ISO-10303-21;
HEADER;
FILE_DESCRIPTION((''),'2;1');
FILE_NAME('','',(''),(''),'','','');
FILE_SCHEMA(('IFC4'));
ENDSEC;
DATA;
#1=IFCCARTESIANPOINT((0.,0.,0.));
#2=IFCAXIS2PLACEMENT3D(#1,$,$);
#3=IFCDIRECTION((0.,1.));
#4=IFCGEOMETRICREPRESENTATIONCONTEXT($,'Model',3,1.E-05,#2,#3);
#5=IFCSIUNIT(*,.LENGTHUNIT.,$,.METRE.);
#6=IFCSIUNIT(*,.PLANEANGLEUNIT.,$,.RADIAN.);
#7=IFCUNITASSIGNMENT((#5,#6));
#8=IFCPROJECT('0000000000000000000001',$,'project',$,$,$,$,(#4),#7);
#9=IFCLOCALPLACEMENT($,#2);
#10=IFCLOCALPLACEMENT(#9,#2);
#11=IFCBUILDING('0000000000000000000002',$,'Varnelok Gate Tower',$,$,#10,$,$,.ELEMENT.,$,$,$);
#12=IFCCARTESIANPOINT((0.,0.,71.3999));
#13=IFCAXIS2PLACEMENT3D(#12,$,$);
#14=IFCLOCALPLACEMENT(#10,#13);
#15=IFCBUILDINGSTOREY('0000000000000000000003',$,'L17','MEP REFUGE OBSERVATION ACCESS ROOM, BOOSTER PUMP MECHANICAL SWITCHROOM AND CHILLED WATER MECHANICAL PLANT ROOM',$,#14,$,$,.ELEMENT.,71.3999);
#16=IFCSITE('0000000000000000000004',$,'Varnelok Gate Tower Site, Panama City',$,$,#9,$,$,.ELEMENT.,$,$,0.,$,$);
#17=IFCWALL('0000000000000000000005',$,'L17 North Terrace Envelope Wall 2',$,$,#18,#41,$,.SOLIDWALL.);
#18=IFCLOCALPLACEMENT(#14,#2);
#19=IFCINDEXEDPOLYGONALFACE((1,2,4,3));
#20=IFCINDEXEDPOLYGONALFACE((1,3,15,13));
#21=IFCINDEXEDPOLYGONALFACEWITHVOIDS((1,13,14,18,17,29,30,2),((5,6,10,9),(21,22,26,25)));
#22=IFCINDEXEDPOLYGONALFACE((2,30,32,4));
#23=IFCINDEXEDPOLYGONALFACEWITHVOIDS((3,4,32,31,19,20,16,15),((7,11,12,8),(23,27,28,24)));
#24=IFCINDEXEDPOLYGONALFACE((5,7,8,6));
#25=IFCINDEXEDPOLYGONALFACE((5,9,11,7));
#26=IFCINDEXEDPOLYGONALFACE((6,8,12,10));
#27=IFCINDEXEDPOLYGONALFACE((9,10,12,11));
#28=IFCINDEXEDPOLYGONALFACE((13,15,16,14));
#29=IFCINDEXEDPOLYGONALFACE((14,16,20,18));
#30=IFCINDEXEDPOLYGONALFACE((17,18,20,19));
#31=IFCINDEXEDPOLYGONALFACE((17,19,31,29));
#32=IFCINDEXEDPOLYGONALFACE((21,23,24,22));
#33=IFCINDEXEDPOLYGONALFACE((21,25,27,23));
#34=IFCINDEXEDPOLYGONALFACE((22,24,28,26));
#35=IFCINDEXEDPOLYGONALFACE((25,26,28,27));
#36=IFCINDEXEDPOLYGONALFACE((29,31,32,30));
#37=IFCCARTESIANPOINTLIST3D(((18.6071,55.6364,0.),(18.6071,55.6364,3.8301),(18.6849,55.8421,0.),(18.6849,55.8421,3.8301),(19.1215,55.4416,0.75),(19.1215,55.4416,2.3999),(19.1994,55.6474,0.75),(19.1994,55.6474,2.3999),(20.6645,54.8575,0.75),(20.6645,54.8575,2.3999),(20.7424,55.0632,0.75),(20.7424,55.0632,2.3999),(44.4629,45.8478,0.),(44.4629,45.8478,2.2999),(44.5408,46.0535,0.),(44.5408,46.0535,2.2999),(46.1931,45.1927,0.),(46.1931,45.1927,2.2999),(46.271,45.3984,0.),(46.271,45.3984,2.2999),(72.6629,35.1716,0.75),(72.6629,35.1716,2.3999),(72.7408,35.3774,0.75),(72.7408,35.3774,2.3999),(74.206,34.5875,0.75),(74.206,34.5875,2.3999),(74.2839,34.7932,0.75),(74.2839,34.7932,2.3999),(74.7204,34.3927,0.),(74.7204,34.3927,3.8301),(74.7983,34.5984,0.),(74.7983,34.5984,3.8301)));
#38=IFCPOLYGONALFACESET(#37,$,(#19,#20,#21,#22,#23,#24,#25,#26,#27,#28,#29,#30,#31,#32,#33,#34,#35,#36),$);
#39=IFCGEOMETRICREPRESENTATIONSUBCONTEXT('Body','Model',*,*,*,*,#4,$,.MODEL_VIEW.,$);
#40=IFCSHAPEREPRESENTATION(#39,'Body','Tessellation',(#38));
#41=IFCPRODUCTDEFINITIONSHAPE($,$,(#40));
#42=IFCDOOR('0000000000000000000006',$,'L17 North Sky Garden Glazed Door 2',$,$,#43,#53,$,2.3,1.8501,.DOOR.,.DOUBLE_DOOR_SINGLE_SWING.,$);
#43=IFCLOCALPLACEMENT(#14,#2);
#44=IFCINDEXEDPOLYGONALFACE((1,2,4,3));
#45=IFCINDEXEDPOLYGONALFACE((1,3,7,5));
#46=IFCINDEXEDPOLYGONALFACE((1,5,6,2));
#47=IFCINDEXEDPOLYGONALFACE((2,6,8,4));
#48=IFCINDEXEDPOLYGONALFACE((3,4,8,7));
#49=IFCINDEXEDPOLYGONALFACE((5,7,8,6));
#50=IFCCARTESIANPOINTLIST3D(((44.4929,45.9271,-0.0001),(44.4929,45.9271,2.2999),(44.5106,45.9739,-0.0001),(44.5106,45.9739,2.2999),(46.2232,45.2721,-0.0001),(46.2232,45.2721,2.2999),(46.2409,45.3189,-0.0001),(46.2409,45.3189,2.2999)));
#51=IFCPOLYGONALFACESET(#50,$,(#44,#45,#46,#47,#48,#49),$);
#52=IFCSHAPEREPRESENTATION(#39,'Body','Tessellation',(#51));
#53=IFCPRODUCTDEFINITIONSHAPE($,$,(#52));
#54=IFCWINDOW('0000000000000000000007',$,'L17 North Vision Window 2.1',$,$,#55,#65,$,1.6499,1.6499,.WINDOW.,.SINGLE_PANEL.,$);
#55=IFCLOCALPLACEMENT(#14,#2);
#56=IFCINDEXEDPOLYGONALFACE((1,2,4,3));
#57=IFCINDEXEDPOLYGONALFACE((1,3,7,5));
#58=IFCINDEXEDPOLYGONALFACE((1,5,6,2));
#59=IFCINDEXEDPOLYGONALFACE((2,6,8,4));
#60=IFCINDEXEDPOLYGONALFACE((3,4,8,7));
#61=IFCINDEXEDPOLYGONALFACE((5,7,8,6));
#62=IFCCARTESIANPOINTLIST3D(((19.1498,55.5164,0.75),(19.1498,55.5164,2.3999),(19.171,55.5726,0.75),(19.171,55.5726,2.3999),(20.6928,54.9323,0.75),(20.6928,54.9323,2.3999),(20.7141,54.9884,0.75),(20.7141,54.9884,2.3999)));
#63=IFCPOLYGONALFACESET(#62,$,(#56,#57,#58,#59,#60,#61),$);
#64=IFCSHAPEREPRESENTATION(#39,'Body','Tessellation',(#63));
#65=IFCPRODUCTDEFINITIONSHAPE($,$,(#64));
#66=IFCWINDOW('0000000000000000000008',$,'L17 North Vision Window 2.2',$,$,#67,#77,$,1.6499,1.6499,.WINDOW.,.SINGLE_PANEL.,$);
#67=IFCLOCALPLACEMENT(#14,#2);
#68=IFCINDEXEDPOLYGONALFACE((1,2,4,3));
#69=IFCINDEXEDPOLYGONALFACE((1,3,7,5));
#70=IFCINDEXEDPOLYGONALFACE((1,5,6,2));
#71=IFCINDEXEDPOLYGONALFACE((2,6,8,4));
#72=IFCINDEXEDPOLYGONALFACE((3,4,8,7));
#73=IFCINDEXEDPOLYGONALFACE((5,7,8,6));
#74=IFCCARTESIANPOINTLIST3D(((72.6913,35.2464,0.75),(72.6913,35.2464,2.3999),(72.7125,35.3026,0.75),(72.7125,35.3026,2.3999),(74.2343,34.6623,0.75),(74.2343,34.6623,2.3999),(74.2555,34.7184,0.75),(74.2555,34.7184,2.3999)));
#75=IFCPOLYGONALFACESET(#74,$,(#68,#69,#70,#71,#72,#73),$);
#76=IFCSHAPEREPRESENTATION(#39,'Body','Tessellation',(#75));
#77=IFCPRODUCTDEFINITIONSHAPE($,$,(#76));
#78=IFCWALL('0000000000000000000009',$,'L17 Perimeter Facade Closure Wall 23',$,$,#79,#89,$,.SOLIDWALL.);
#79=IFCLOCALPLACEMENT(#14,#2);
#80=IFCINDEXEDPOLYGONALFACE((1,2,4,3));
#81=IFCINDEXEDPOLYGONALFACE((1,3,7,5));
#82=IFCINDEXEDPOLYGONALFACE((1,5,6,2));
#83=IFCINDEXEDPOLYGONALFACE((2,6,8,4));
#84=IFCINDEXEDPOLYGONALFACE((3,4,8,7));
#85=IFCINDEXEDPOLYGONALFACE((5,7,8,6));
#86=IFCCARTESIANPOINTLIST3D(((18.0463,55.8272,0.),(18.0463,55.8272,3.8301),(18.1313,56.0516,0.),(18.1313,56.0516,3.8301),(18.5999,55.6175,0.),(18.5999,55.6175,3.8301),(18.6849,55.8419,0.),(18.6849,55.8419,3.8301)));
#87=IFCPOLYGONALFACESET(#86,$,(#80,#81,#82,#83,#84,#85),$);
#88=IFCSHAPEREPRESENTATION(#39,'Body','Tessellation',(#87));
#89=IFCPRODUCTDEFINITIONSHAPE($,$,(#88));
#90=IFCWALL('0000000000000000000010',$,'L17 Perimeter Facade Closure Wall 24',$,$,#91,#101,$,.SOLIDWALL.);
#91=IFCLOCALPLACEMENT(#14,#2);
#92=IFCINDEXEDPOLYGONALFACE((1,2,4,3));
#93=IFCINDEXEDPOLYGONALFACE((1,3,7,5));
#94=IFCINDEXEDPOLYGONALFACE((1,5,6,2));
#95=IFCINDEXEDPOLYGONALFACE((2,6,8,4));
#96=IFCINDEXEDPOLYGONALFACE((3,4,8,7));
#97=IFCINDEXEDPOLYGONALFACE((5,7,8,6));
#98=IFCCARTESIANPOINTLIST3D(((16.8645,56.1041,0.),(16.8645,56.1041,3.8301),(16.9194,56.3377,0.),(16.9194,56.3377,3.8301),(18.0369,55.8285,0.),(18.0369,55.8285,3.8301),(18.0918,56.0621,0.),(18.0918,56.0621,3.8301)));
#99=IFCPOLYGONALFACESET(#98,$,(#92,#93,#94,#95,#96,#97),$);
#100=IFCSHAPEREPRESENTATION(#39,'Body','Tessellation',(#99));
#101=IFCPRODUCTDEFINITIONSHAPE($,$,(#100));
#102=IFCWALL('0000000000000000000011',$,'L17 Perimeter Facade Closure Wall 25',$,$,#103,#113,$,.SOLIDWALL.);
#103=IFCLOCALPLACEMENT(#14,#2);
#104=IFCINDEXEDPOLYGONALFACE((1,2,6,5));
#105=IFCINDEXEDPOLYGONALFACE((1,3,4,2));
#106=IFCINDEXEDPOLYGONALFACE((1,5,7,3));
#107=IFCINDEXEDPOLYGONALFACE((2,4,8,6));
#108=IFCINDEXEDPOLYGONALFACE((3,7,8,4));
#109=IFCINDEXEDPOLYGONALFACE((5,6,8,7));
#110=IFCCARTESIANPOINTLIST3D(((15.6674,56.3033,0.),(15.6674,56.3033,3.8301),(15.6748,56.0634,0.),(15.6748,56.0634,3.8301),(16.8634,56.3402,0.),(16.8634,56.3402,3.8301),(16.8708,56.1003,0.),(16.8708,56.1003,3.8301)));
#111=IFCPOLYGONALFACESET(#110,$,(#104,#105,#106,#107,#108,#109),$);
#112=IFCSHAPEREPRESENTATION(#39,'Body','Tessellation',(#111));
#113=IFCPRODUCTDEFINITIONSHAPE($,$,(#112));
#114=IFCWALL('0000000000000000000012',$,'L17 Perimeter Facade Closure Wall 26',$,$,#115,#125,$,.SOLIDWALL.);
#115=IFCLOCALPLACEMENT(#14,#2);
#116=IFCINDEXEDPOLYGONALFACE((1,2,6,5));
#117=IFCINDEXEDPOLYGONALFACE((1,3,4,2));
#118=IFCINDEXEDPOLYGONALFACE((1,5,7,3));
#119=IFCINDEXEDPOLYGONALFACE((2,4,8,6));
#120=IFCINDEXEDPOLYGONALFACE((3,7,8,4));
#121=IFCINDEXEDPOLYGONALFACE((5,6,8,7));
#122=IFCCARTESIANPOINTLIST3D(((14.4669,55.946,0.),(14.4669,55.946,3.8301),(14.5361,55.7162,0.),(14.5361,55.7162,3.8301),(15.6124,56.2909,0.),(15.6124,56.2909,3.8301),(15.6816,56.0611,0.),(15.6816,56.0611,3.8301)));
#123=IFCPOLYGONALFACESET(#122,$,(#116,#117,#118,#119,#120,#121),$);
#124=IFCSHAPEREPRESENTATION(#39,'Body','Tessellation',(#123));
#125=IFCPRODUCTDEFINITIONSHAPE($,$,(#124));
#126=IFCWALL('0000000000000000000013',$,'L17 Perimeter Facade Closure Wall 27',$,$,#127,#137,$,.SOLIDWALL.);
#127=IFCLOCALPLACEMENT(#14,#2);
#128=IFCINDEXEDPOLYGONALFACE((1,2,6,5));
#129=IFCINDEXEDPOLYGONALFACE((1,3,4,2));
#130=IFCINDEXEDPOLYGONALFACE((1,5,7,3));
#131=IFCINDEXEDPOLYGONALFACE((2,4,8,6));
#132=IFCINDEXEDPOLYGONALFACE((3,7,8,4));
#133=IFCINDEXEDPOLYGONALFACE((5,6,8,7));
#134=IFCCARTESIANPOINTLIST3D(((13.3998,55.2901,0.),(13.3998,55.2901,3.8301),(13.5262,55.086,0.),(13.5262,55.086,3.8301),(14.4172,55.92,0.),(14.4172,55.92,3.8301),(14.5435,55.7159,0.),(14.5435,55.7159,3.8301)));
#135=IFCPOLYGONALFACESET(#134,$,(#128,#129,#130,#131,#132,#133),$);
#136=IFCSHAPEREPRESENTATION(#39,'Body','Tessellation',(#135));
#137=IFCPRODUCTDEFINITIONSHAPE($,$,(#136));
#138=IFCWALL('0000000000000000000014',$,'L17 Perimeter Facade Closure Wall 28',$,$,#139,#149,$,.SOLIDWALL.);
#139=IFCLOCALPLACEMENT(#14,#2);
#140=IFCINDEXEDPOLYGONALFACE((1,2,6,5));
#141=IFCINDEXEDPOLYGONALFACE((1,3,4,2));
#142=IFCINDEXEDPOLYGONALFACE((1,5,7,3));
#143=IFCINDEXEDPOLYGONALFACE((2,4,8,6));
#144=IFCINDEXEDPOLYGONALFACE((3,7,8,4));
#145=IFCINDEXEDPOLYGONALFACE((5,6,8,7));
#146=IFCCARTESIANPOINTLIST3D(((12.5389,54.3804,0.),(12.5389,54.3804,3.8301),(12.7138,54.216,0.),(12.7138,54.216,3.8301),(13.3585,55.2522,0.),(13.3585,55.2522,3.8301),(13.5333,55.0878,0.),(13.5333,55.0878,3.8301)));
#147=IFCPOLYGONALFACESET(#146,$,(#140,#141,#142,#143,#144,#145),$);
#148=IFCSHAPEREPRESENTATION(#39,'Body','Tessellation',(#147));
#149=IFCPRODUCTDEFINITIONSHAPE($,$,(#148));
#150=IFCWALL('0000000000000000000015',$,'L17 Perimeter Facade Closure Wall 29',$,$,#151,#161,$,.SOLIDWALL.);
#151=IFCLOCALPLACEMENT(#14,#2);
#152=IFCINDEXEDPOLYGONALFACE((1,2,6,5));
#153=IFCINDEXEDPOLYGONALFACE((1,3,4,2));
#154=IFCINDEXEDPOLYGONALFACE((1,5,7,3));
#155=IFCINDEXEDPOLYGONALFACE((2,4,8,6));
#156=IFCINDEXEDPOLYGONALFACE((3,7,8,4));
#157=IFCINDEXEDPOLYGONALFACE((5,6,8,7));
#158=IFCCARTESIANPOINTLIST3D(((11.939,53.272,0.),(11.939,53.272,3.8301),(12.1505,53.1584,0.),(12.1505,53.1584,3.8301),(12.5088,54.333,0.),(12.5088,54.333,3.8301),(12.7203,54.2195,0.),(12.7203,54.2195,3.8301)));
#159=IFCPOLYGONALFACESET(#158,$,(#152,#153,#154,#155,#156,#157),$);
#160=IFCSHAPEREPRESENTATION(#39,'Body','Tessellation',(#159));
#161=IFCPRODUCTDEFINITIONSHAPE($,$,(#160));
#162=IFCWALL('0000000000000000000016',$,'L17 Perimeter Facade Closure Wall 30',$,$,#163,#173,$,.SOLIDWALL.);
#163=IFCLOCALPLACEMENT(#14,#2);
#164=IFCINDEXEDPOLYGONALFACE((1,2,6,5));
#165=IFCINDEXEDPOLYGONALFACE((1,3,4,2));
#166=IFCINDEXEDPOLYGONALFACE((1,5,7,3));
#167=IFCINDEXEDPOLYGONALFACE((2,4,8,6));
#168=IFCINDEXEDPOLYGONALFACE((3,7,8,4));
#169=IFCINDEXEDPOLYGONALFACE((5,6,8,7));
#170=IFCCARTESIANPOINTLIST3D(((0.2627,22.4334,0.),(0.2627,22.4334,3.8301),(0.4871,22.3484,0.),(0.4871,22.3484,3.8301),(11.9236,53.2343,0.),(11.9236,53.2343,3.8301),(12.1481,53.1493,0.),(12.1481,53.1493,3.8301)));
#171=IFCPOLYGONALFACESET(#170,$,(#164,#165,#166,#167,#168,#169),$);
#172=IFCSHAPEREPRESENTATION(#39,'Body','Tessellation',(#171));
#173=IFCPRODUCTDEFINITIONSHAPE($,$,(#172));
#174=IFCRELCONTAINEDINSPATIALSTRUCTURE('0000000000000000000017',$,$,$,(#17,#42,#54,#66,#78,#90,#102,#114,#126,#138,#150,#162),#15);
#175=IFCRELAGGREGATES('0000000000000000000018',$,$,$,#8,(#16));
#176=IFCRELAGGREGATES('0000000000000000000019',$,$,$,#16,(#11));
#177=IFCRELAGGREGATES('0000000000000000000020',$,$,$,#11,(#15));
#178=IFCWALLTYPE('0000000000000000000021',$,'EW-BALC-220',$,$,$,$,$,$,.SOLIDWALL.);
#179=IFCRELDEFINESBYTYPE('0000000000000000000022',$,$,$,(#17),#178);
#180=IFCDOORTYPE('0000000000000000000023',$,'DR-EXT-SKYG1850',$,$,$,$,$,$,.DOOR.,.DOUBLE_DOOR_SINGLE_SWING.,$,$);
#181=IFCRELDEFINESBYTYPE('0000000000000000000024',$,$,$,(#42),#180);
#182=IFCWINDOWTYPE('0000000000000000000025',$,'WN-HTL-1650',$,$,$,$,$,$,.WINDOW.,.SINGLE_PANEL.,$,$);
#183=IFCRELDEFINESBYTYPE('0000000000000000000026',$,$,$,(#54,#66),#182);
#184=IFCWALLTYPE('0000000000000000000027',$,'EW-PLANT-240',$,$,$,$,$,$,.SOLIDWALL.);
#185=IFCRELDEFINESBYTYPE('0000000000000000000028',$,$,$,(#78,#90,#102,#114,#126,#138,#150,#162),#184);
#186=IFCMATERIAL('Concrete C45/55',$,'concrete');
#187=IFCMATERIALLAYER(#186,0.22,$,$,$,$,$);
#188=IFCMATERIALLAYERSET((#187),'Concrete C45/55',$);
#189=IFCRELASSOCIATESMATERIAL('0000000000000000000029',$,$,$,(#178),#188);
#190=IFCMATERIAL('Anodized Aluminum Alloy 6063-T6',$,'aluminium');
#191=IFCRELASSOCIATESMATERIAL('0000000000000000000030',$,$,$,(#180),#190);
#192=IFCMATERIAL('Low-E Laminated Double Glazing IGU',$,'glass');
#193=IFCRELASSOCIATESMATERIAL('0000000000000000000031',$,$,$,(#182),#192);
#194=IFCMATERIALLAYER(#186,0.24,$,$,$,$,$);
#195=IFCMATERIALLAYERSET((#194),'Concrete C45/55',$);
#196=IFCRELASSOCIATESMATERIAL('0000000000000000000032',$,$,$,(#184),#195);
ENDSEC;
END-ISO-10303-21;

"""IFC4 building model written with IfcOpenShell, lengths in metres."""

from ifc_helpers import new_model, si_unit, direction, frame, frame_2d, origin, place, context, subcontext, project, spatial, rectangle, extrude, material, layer, layer_set, type_object, element, fill, save


model = new_model("IFC4")

# Units and contexts
model_context = context("Model", 3, precision=1e-05, world=origin(), true_north=direction((0.0, 1.0)))
body_context = subcontext(model_context, "Body", "Model", "MODEL_VIEW")
ifc_project = project(units=[si_unit("LENGTHUNIT", "METRE"), si_unit("PLANEANGLEUNIT", "RADIAN")], contexts=[model_context])

# Site, building, storey
site_placement = place(None, origin())
site = spatial("IfcSite", under=ifc_project, at=site_placement, Name="Varnelok Gate Tower Site, Panama City", CompositionType="ELEMENT", RefElevation=0.0)
building_placement = place(site_placement, origin())
building = spatial("IfcBuilding", under=site, at=building_placement, Name="Varnelok Gate Tower", CompositionType="ELEMENT")
storey_placement = place(building_placement, frame((0.0, 0.0, 71.3999)))
storey = spatial("IfcBuildingStorey", under=building, at=storey_placement, Name="L17", Description="MEP REFUGE OBSERVATION ACCESS ROOM, BOOSTER PUMP MECHANICAL SWITCHROOM AND CHILLED WATER MECHANICAL PLANT ROOM", CompositionType="ELEMENT", Elevation=71.3999)

# Wall, openings, door, windows
ifc_material_1 = material(Name="Concrete C45/55", Category="concrete")
ifc_layer_1 = layer(ifc_material_1, 0.22)
ifc_layer_set_1 = layer_set([ifc_layer_1], Name="Concrete C45/55")
wall_type_1 = type_object("IfcWallType", Name="EW-BALC-220", PredefinedType="SOLIDWALL", material=ifc_layer_set_1)
wall_1_placement = place(storey_placement, frame((18.646, 55.7393, 0.0), z_axis=(0.0, 0.0, 1.0), x_axis=(0.935222, -0.354061, 0.0)))
wall_1 = element("IfcWall", 1, at=wall_1_placement, inside=storey, type_object=wall_type_1, Name="L17 North Terrace Envelope Wall 2", PredefinedType="SOLIDWALL", context=body_context, shape_type="SweptSolid", body=[
    extrude(rectangle(XDim=60.0, YDim=0.22, at=frame_2d((30.0, 0.0))), origin(), (0.0, 0.0, 1.0), 3.8301),
])
opening_1_placement = place(wall_1_placement, frame((27.6467, 0.0, 0.0)))
opening_1 = element("IfcOpeningElement", 2, at=opening_1_placement, cuts=wall_1, PredefinedType="OPENING", context=body_context, shape_type="SweptSolid", body=[
    extrude(rectangle(XDim=1.8501, YDim=2.3, at=frame_2d((0.925, 1.1499))), frame((0.0, 0.1199, 0.0), z_axis=(0.0, -1.0, 0.0), x_axis=(1.0, 0.0, 0.0)), (0.0, 0.0, 1.0), 0.24),
])
opening_2_placement = place(wall_1_placement, frame((0.55, 0.0, 0.75)))
opening_2 = element("IfcOpeningElement", 3, at=opening_2_placement, cuts=wall_1, PredefinedType="OPENING", context=body_context, shape_type="SweptSolid", body=[
    extrude(rectangle(XDim=1.6499, YDim=1.6499, at=frame_2d((0.825, 0.825))), frame((0.0, 0.1199, 0.0), z_axis=(0.0, -1.0, 0.0), x_axis=(1.0, 0.0, 0.0)), (0.0, 0.0, 1.0), 0.24),
])
opening_3_placement = place(wall_1_placement, frame((57.8, 0.0, 0.75)))
opening_3 = element("IfcOpeningElement", 4, at=opening_3_placement, cuts=wall_1, PredefinedType="OPENING", context=body_context, shape_type="SweptSolid", body=[
    extrude(rectangle(XDim=1.6499, YDim=1.6499, at=frame_2d((0.825, 0.825))), frame((0.0, 0.1199, 0.0), z_axis=(0.0, -1.0, 0.0), x_axis=(1.0, 0.0, 0.0)), (0.0, 0.0, 1.0), 0.24),
])
ifc_material_2 = material(Name="Anodized Aluminum Alloy 6063-T6", Category="aluminium")
door_type = type_object("IfcDoorType", Name="DR-EXT-SKYG1850", OperationType="DOUBLE_DOOR_SINGLE_SWING", PredefinedType="DOOR", material=ifc_material_2)
door_placement = place(opening_1_placement, origin())
door = element("IfcDoor", 5, at=door_placement, inside=storey, type_object=door_type, Name="L17 North Sky Garden Glazed Door 2", OperationType="DOUBLE_DOOR_SINGLE_SWING", OverallHeight=2.3, OverallWidth=1.8501, PredefinedType="DOOR", context=body_context, shape_type="SweptSolid", body=[
    extrude(rectangle(XDim=1.8501, YDim=2.3, at=frame_2d((0.925, 1.1499))), frame((0.0, 0.0249, 0.0), z_axis=(0.0, -1.0, 0.0), x_axis=(1.0, 0.0, 0.0)), (0.0, 0.0, 1.0), 0.05),
])
fill(opening_1, door)
ifc_material_3 = material(Name="Low-E Laminated Double Glazing IGU", Category="glass")
window_type = type_object("IfcWindowType", Name="WN-HTL-1650", PartitioningType="SINGLE_PANEL", PredefinedType="WINDOW", material=ifc_material_3)
window_1_placement = place(opening_2_placement, origin())
window_1 = element("IfcWindow", 6, at=window_1_placement, inside=storey, type_object=window_type, Name="L17 North Vision Window 2.1", OverallHeight=1.6499, OverallWidth=1.6499, PartitioningType="SINGLE_PANEL", PredefinedType="WINDOW", context=body_context, shape_type="SweptSolid", body=[
    extrude(rectangle(XDim=1.6499, YDim=1.6499, at=frame_2d((0.825, 0.825))), frame((0.0, 0.03, 0.0), z_axis=(0.0, -1.0, 0.0), x_axis=(1.0, 0.0, 0.0)), (0.0, 0.0, 1.0), 0.0601),
])
fill(opening_2, window_1)
window_2_placement = place(opening_3_placement, origin())
window_2 = element("IfcWindow", 7, at=window_2_placement, inside=storey, type_object=window_type, Name="L17 North Vision Window 2.2", OverallHeight=1.6499, OverallWidth=1.6499, PartitioningType="SINGLE_PANEL", PredefinedType="WINDOW", context=body_context, shape_type="SweptSolid", body=[
    extrude(rectangle(XDim=1.6499, YDim=1.6499, at=frame_2d((0.825, 0.825))), frame((0.0, 0.03, 0.0), z_axis=(0.0, -1.0, 0.0), x_axis=(1.0, 0.0, 0.0)), (0.0, 0.0, 1.0), 0.0601),
])
fill(opening_3, window_2)

# Walls
ifc_layer_2 = layer(ifc_material_1, 0.24)
ifc_layer_set_2 = layer_set([ifc_layer_2], Name="Concrete C45/55")
wall_type_2 = type_object("IfcWallType", Name="EW-PLANT-240", PredefinedType="SOLIDWALL", material=ifc_layer_set_2)
wall_2_placement = place(storey_placement, frame((18.6423, 55.7297, 0.0), z_axis=(0.0, 0.0, 1.0), x_axis=(-0.935172, 0.354194, 0.0)))
element("IfcWall", 8, at=wall_2_placement, inside=storey, type_object=wall_type_2, Name="L17 Perimeter Facade Closure Wall 23", PredefinedType="SOLIDWALL", context=body_context, shape_type="SweptSolid", body=[
    extrude(rectangle(XDim=0.592, YDim=0.24, at=frame_2d((0.2959, 0.0))), origin(), (0.0, 0.0, 1.0), 3.8301),
])
wall_3_placement = place(storey_placement, frame((18.0642, 55.9453, 0.0), z_axis=(0.0, 0.0, 1.0), x_axis=(-0.973457, 0.22887, 0.0)))
element("IfcWall", 9, at=wall_3_placement, inside=storey, type_object=wall_type_2, Name="L17 Perimeter Facade Closure Wall 24", PredefinedType="SOLIDWALL", context=body_context, shape_type="SweptSolid", body=[
    extrude(rectangle(XDim=1.2043, YDim=0.24, at=frame_2d((0.6021, 0.0))), origin(), (0.0, 0.0, 1.0), 3.8301),
])
wall_4_placement = place(storey_placement, frame((16.8669, 56.2202, 0.0), z_axis=(0.0, 0.0, 1.0), x_axis=(-0.999525, -0.030808, 0.0)))
element("IfcWall", 10, at=wall_4_placement, inside=storey, type_object=wall_type_2, Name="L17 Perimeter Facade Closure Wall 25", PredefinedType="SOLIDWALL", context=body_context, shape_type="SweptSolid", body=[
    extrude(rectangle(XDim=1.1965, YDim=0.24, at=frame_2d((0.5981, 0.0))), origin(), (0.0, 0.0, 1.0), 3.8301),
])
wall_5_placement = place(storey_placement, frame((15.647, 56.176, 0.0), z_axis=(0.0, 0.0, 1.0), x_axis=(-0.957522, -0.288359, 0.0)))
element("IfcWall", 11, at=wall_5_placement, inside=storey, type_object=wall_type_2, Name="L17 Perimeter Facade Closure Wall 26", PredefinedType="SOLIDWALL", context=body_context, shape_type="SweptSolid", body=[
    extrude(rectangle(XDim=1.1963, YDim=0.24, at=frame_2d((0.5981, 0.0))), origin(), (0.0, 0.0, 1.0), 3.8301),
])
for number, where, z_axis, x_axis, name in (
    (12, (14.4802, 55.8179, 0.0), (0.0, 0.0, 1.0), (-0.850226, -0.526418, 0.0), "L17 Perimeter Facade Closure Wall 27"),
    (13, (13.4458, 55.1699, 0.0), (0.0, 0.0, 1.0), (-0.684938, -0.728601, 0.0), "L17 Perimeter Facade Closure Wall 28"),
):
    element("IfcWall", number, at=place(storey_placement, frame(where, z_axis=z_axis, x_axis=x_axis)), inside=storey, type_object=wall_type_2, Name=name, PredefinedType="SOLIDWALL", context=body_context, shape_type="SweptSolid", body=[
        extrude(rectangle(XDim=1.1965, YDim=0.24, at=frame_2d((0.5981, 0.0))), origin(), (0.0, 0.0, 1.0), 3.8301),
    ])
wall_6_placement = place(storey_placement, frame((12.6145, 54.2761, 0.0), z_axis=(0.0, 0.0, 1.0), x_axis=(-0.473132, -0.880991, 0.0)))
element("IfcWall", 14, at=wall_6_placement, inside=storey, type_object=wall_type_2, Name="L17 Perimeter Facade Closure Wall 29", PredefinedType="SOLIDWALL", context=body_context, shape_type="SweptSolid", body=[
    extrude(rectangle(XDim=1.2043, YDim=0.24, at=frame_2d((0.6021, 0.0))), origin(), (0.0, 0.0, 1.0), 3.8301),
])
wall_7_placement = place(storey_placement, frame((12.0359, 53.1919, 0.0), z_axis=(0.0, 0.0, 1.0), x_axis=(-0.354066, -0.935221, 0.0)))
element("IfcWall", 15, at=wall_7_placement, inside=storey, type_object=wall_type_2, Name="L17 Perimeter Facade Closure Wall 30", PredefinedType="SOLIDWALL", context=body_context, shape_type="SweptSolid", body=[
    extrude(rectangle(XDim=32.9343, YDim=0.24, at=frame_2d((16.4673, 0.0))), origin(), (0.0, 0.0, 1.0), 3.8301),
])

save(model, "model.ifc")
